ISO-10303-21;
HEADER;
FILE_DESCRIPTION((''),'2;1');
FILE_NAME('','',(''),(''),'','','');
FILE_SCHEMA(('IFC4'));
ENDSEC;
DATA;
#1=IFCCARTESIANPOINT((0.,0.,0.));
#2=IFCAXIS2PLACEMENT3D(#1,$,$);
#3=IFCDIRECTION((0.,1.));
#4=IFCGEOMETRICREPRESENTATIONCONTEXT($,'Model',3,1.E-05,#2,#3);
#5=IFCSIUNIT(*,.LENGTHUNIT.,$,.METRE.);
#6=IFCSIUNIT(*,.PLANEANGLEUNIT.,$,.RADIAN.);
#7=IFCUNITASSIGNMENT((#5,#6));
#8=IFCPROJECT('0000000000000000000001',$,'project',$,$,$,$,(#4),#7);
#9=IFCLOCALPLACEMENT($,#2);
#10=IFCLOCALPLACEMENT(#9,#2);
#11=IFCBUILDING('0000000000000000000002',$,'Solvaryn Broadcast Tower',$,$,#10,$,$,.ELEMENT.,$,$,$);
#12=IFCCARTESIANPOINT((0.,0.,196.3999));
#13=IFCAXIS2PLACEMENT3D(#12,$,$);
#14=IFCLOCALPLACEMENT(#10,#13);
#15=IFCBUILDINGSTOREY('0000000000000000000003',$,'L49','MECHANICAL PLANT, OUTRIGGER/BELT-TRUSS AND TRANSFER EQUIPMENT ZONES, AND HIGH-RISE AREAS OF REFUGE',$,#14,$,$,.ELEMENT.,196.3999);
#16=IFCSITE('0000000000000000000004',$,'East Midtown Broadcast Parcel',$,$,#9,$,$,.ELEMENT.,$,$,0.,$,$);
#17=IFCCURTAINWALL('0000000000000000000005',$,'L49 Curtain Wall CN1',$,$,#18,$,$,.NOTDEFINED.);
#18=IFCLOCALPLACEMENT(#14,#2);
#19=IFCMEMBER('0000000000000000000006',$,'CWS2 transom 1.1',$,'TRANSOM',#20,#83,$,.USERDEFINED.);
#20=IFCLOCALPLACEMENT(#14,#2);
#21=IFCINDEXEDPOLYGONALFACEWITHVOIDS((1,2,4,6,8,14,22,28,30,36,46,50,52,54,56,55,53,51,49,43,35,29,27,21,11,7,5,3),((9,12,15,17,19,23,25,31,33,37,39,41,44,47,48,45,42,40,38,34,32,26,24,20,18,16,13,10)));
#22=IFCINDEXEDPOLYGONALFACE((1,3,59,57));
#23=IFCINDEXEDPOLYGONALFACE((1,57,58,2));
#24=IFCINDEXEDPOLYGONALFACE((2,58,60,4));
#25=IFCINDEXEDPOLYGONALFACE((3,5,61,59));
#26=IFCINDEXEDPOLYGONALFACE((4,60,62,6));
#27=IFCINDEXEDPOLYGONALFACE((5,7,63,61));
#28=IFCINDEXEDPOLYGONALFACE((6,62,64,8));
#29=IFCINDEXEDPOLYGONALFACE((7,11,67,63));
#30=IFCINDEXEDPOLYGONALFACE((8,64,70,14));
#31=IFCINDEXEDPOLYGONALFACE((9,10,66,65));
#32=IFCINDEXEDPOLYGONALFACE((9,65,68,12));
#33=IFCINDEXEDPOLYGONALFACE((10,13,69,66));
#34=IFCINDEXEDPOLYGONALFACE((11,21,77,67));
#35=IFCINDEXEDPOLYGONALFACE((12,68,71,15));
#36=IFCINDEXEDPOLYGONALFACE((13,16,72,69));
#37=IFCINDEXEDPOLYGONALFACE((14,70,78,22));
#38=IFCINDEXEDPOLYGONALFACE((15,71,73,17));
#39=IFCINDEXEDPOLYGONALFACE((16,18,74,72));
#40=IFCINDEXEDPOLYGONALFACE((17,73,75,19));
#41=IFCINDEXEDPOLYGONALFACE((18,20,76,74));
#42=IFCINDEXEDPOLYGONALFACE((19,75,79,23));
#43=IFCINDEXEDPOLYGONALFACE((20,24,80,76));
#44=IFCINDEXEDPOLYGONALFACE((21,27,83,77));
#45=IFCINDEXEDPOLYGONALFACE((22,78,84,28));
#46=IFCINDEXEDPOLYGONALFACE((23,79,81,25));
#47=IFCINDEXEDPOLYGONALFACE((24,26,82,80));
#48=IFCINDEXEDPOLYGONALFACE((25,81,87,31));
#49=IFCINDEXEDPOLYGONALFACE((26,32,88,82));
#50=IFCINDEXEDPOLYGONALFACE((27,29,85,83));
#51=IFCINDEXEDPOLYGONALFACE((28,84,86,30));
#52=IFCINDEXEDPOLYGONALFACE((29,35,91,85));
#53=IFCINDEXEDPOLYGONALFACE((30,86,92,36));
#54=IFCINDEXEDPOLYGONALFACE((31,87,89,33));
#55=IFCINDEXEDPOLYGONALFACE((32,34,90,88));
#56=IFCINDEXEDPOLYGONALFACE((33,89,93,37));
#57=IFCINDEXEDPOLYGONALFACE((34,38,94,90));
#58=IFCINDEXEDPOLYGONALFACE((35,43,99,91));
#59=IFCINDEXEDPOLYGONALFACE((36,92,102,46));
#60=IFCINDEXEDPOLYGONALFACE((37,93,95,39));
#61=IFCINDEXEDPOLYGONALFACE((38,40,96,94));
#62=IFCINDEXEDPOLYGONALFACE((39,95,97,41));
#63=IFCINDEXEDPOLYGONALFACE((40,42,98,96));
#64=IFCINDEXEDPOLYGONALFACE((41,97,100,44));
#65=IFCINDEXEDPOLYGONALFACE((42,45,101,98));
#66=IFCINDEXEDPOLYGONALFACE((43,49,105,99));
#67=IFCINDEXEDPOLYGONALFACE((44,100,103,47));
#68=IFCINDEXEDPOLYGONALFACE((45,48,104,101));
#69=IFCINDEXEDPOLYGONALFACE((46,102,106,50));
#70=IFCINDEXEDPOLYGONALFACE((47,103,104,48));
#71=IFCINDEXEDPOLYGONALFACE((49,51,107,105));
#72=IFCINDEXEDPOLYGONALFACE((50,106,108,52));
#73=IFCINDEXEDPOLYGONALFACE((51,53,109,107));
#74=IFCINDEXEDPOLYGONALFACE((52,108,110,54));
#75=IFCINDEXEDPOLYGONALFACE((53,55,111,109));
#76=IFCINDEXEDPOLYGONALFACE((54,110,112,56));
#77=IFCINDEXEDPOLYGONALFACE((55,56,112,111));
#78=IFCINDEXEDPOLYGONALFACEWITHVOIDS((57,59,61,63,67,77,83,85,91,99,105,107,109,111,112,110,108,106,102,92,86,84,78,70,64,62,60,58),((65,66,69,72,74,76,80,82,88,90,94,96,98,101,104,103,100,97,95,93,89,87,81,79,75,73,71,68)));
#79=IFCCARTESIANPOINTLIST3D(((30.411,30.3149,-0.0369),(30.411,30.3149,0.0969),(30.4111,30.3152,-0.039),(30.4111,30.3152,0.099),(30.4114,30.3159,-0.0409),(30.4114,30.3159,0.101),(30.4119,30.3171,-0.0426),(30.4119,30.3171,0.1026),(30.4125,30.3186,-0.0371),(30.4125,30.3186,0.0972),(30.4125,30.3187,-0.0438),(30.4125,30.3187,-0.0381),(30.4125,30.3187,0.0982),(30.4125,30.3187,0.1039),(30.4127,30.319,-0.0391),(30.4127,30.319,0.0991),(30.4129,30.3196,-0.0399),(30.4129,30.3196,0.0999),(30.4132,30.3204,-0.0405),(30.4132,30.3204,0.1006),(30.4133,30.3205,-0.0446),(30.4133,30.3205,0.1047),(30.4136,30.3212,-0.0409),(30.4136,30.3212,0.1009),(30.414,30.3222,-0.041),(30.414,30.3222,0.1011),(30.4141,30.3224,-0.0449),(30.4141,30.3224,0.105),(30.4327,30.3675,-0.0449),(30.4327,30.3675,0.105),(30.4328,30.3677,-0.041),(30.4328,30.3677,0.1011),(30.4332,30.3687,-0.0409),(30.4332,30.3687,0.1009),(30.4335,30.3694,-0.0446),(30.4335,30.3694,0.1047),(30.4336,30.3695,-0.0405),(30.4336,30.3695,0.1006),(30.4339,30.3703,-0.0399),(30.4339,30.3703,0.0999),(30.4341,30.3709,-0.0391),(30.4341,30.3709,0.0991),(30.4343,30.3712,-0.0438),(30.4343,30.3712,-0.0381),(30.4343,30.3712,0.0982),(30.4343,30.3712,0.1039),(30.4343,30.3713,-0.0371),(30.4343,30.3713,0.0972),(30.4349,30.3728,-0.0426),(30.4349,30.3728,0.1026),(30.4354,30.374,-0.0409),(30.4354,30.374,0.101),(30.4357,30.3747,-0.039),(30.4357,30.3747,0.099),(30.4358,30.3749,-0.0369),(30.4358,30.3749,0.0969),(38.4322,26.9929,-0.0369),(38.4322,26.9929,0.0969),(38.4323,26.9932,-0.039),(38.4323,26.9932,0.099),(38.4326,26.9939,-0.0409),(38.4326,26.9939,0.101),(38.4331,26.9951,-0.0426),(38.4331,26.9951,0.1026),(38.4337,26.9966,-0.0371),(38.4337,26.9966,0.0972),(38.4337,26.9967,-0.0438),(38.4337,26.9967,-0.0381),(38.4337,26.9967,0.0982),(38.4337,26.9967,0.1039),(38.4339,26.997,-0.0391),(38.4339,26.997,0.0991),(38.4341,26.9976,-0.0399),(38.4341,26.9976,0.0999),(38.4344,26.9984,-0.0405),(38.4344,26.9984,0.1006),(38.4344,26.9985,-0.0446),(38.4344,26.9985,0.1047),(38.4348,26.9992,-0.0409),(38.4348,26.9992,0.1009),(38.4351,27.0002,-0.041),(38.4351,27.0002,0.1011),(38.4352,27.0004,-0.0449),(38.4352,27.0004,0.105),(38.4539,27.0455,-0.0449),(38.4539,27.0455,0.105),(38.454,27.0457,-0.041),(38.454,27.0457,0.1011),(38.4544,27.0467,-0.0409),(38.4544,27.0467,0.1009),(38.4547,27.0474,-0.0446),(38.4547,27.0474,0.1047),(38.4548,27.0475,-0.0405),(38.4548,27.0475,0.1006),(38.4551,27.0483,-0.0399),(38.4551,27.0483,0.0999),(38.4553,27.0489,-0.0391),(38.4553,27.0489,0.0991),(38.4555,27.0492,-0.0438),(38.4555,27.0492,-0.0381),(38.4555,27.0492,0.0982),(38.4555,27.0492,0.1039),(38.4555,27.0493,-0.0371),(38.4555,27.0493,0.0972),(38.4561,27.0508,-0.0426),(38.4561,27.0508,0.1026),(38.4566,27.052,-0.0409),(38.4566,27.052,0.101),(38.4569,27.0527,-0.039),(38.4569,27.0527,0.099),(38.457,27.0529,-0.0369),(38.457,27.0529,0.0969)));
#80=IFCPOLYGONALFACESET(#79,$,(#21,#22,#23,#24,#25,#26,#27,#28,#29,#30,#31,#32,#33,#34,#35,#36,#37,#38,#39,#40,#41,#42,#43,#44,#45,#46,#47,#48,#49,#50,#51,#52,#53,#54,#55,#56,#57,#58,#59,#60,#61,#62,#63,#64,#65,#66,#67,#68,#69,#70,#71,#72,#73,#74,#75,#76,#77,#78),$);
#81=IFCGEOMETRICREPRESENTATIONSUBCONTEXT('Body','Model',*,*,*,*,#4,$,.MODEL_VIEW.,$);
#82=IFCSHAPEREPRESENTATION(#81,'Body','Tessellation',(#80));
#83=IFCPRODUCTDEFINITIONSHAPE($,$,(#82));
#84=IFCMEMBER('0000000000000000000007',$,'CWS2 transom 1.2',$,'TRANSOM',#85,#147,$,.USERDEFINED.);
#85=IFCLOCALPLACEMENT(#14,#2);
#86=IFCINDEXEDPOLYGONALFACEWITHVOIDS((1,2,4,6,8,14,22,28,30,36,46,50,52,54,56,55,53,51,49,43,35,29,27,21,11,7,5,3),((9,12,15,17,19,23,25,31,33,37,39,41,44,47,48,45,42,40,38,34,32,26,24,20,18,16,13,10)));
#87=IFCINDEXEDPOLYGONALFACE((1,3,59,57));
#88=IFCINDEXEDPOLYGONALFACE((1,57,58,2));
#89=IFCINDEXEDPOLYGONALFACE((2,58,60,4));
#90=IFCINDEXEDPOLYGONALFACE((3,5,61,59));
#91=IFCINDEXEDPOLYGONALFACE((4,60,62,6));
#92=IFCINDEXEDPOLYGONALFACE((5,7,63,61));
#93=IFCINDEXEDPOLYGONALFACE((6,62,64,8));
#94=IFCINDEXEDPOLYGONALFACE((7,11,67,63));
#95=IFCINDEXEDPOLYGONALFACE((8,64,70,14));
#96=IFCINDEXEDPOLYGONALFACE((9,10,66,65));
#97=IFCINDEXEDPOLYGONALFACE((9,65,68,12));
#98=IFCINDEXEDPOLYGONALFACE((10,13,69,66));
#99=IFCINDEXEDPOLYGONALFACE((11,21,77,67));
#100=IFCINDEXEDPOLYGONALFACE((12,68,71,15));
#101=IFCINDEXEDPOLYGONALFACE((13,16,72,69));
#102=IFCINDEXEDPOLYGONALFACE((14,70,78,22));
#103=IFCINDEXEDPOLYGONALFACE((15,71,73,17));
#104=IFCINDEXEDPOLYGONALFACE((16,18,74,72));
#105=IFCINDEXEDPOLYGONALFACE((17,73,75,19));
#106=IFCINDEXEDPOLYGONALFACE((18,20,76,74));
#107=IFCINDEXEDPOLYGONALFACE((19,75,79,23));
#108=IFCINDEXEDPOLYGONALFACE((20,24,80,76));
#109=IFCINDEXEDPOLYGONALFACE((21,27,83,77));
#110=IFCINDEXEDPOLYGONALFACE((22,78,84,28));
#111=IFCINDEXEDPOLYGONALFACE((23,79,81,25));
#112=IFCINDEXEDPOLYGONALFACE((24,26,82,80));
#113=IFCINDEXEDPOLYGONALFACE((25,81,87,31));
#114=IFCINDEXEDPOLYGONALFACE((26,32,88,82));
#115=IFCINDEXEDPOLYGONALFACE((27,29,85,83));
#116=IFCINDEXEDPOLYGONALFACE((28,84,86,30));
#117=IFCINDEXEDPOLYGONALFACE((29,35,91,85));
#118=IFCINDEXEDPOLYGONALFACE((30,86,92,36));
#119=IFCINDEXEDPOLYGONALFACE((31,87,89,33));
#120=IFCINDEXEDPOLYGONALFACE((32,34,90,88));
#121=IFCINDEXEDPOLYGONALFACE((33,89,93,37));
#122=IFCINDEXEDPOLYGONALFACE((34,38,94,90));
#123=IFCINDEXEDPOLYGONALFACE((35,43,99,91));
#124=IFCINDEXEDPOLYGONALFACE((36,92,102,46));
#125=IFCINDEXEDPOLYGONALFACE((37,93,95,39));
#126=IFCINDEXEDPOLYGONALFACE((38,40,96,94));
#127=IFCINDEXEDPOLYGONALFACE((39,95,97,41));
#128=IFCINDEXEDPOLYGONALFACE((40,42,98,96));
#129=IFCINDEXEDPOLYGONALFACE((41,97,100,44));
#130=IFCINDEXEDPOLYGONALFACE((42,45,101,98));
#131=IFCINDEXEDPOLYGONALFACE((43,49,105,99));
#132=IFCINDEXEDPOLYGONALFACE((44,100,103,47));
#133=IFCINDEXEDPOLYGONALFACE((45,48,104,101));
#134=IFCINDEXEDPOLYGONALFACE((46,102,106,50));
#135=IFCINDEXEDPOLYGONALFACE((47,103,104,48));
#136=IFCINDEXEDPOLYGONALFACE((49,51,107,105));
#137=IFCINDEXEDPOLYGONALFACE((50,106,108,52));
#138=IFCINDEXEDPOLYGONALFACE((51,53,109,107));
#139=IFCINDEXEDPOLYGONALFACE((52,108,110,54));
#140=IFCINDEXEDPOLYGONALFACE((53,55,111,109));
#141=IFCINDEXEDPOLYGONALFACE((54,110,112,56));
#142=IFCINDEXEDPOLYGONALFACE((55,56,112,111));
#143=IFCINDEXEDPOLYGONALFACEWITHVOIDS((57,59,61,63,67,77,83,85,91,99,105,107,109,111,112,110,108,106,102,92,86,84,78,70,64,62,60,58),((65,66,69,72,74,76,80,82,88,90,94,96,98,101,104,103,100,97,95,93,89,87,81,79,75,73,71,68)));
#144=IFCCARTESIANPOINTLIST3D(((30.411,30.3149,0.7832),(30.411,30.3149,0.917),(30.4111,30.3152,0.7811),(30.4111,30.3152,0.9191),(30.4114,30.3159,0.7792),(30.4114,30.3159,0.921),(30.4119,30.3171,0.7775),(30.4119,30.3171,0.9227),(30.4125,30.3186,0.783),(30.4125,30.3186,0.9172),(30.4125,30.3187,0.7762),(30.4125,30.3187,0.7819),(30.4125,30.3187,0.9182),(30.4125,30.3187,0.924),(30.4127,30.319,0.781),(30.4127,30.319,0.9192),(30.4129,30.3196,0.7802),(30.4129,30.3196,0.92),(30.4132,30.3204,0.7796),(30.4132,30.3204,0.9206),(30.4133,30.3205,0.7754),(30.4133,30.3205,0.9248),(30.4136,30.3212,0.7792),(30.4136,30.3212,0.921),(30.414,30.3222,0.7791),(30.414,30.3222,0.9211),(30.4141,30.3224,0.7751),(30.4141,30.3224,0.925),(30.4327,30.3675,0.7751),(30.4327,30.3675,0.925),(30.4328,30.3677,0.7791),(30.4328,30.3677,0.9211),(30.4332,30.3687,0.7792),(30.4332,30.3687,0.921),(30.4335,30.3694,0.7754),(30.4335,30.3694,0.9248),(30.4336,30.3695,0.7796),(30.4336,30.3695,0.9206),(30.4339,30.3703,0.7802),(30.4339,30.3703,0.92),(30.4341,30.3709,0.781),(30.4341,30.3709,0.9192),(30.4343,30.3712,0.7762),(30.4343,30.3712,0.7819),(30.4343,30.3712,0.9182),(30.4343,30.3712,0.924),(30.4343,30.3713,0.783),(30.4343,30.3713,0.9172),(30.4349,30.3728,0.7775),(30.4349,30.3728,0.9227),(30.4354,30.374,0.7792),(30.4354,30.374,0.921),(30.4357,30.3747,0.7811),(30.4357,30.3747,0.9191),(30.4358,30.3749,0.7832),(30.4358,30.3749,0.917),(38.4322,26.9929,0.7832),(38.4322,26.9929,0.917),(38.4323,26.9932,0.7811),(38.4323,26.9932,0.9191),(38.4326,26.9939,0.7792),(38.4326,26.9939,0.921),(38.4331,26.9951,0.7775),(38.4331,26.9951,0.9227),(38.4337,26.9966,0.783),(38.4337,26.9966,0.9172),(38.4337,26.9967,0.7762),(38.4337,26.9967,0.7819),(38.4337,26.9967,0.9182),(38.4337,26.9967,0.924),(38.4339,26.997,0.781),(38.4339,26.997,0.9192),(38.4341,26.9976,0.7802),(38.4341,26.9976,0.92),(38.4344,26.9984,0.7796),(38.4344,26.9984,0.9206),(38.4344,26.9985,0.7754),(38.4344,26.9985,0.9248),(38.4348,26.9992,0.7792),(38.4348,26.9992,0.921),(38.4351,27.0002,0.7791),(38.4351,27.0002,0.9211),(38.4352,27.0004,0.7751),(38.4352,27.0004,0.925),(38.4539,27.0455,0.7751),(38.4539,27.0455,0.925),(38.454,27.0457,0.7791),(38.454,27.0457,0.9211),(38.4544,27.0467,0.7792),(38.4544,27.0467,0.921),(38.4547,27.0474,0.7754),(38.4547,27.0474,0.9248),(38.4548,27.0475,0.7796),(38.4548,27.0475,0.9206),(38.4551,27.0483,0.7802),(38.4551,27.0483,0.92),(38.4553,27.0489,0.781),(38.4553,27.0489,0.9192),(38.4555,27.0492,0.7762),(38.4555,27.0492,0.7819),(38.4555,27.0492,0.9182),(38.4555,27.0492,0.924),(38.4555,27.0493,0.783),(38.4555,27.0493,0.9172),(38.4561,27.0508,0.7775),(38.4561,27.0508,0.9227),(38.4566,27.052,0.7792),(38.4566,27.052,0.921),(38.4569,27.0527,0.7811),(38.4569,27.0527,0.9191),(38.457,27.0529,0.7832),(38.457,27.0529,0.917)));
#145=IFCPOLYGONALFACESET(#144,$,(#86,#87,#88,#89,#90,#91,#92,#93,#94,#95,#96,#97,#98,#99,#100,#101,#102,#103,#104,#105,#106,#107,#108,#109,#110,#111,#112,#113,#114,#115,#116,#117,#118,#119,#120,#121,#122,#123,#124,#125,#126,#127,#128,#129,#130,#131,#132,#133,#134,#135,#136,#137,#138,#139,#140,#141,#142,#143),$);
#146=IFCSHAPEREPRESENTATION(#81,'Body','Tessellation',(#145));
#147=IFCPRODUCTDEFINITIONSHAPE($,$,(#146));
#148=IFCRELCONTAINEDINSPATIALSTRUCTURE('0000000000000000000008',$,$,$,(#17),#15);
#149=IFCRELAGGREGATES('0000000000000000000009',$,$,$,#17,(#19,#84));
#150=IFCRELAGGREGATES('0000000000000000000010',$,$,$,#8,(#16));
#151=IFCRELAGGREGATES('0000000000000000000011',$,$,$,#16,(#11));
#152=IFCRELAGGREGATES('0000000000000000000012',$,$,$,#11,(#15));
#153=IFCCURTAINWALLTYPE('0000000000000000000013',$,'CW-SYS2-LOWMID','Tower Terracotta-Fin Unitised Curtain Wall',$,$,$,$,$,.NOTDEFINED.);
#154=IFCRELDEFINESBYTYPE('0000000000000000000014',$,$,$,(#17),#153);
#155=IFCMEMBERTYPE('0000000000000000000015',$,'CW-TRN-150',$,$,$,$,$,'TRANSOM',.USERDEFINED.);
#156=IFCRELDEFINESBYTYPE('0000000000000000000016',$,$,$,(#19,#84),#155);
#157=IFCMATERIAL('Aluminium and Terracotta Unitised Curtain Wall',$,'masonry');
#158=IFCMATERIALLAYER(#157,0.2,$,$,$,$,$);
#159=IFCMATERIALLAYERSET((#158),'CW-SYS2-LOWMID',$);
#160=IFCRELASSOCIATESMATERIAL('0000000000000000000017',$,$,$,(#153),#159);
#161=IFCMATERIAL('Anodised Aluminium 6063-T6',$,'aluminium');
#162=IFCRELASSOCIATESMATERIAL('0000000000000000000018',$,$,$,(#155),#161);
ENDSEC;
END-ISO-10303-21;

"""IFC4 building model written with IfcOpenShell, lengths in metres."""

from ifc_helpers import new_model, si_unit, direction, frame, origin, origin_2d, place, context, subcontext, project, spatial, hollow_rectangle, extrude, material, layer, layer_set, material_profile, profile_set, type_object, element, aggregate, save


model = new_model("IFC4")

# Units and contexts
model_context = context("Model", 3, precision=1e-05, world=origin(), true_north=direction((0.0, 1.0)))
body_context = subcontext(model_context, "Body", "Model", "MODEL_VIEW")
ifc_project = project(units=[si_unit("LENGTHUNIT", "METRE"), si_unit("PLANEANGLEUNIT", "RADIAN")], contexts=[model_context])

# Site, building, storey
site_placement = place(None, origin())
site = spatial("IfcSite", under=ifc_project, at=site_placement, Name="East Midtown Broadcast Parcel", CompositionType="ELEMENT", RefElevation=0.0)
building_placement = place(site_placement, origin())
building = spatial("IfcBuilding", under=site, at=building_placement, Name="Solvaryn Broadcast Tower", CompositionType="ELEMENT")
storey_placement = place(building_placement, frame((0.0, 0.0, 196.3999)))
storey = spatial("IfcBuildingStorey", under=building, at=storey_placement, Name="L49", Description="MECHANICAL PLANT, OUTRIGGER/BELT-TRUSS AND TRANSFER EQUIPMENT ZONES, AND HIGH-RISE AREAS OF REFUGE", CompositionType="ELEMENT", Elevation=196.3999)

# Curtain wall
ifc_material_1 = material(Name="Aluminium and Terracotta Unitised Curtain Wall", Category="masonry")
ifc_layer_1 = layer(ifc_material_1, 0.2)
ifc_layer_set_1 = layer_set([ifc_layer_1], Name="CW-SYS2-LOWMID")
curtain_wall_type = type_object("IfcCurtainWallType", Name="CW-SYS2-LOWMID", Description="Tower Terracotta-Fin Unitised Curtain Wall", PredefinedType="NOTDEFINED", material=ifc_layer_set_1)
curtain_wall_1_placement = place(storey_placement, origin())
curtain_wall_1 = element("IfcCurtainWall", 1, at=curtain_wall_1_placement, inside=storey, type_object=curtain_wall_type, Name="L49 Curtain Wall CN1", PredefinedType="NOTDEFINED")

# Members
ifc_material_2 = material(Name="Anodised Aluminium 6063-T6", Category="aluminium")
ifc_material_profile_1 = material_profile(ifc_material_2, hollow_rectangle(XDim=0.0649, YDim=0.1499, WallThickness=0.0039, InnerFilletRadius=0.0039, OuterFilletRadius=0.0081, at=origin_2d()))
ifc_profile_set_1 = profile_set([ifc_material_profile_1], Name="Anodised Aluminium 6063-T6")
member_type_1 = type_object("IfcMemberType", Name="CW-TRN-150", ElementType="TRANSOM", PredefinedType="USERDEFINED", material=ifc_profile_set_1)
member_1_placement = place(storey_placement, frame((38.4446, 27.0229, 0.03), z_axis=(-0.923899, 0.382636, 0.0), x_axis=(-0.382636, -0.923899, 0.0)))
member_1 = element("IfcMember", 2, at=member_1_placement, type_object=member_type_1, Name="CWS2 transom 1.1", ObjectType="TRANSOM", PredefinedType="USERDEFINED", context=body_context, shape_type="SweptSolid", body=[
    extrude(hollow_rectangle(XDim=0.0649, YDim=0.1499, WallThickness=0.0039, InnerFilletRadius=0.0039, OuterFilletRadius=0.0081, at=origin_2d()), origin(), (0.0, 0.0, 1.0), 8.6819),
])
member_2_placement = place(storey_placement, frame((38.4446, 27.0229, 0.8501), z_axis=(-0.923899, 0.382636, 0.0), x_axis=(-0.382636, -0.923899, 0.0)))
member_2 = element("IfcMember", 3, at=member_2_placement, type_object=member_type_1, Name="CWS2 transom 1.2", ObjectType="TRANSOM", PredefinedType="USERDEFINED", context=body_context, shape_type="SweptSolid", body=[
    extrude(hollow_rectangle(XDim=0.0649, YDim=0.1499, WallThickness=0.0039, InnerFilletRadius=0.0039, OuterFilletRadius=0.0081, at=origin_2d()), origin(), (0.0, 0.0, 1.0), 8.6819),
])
aggregate(curtain_wall_1, [member_1, member_2])

save(model, "model.ifc")
